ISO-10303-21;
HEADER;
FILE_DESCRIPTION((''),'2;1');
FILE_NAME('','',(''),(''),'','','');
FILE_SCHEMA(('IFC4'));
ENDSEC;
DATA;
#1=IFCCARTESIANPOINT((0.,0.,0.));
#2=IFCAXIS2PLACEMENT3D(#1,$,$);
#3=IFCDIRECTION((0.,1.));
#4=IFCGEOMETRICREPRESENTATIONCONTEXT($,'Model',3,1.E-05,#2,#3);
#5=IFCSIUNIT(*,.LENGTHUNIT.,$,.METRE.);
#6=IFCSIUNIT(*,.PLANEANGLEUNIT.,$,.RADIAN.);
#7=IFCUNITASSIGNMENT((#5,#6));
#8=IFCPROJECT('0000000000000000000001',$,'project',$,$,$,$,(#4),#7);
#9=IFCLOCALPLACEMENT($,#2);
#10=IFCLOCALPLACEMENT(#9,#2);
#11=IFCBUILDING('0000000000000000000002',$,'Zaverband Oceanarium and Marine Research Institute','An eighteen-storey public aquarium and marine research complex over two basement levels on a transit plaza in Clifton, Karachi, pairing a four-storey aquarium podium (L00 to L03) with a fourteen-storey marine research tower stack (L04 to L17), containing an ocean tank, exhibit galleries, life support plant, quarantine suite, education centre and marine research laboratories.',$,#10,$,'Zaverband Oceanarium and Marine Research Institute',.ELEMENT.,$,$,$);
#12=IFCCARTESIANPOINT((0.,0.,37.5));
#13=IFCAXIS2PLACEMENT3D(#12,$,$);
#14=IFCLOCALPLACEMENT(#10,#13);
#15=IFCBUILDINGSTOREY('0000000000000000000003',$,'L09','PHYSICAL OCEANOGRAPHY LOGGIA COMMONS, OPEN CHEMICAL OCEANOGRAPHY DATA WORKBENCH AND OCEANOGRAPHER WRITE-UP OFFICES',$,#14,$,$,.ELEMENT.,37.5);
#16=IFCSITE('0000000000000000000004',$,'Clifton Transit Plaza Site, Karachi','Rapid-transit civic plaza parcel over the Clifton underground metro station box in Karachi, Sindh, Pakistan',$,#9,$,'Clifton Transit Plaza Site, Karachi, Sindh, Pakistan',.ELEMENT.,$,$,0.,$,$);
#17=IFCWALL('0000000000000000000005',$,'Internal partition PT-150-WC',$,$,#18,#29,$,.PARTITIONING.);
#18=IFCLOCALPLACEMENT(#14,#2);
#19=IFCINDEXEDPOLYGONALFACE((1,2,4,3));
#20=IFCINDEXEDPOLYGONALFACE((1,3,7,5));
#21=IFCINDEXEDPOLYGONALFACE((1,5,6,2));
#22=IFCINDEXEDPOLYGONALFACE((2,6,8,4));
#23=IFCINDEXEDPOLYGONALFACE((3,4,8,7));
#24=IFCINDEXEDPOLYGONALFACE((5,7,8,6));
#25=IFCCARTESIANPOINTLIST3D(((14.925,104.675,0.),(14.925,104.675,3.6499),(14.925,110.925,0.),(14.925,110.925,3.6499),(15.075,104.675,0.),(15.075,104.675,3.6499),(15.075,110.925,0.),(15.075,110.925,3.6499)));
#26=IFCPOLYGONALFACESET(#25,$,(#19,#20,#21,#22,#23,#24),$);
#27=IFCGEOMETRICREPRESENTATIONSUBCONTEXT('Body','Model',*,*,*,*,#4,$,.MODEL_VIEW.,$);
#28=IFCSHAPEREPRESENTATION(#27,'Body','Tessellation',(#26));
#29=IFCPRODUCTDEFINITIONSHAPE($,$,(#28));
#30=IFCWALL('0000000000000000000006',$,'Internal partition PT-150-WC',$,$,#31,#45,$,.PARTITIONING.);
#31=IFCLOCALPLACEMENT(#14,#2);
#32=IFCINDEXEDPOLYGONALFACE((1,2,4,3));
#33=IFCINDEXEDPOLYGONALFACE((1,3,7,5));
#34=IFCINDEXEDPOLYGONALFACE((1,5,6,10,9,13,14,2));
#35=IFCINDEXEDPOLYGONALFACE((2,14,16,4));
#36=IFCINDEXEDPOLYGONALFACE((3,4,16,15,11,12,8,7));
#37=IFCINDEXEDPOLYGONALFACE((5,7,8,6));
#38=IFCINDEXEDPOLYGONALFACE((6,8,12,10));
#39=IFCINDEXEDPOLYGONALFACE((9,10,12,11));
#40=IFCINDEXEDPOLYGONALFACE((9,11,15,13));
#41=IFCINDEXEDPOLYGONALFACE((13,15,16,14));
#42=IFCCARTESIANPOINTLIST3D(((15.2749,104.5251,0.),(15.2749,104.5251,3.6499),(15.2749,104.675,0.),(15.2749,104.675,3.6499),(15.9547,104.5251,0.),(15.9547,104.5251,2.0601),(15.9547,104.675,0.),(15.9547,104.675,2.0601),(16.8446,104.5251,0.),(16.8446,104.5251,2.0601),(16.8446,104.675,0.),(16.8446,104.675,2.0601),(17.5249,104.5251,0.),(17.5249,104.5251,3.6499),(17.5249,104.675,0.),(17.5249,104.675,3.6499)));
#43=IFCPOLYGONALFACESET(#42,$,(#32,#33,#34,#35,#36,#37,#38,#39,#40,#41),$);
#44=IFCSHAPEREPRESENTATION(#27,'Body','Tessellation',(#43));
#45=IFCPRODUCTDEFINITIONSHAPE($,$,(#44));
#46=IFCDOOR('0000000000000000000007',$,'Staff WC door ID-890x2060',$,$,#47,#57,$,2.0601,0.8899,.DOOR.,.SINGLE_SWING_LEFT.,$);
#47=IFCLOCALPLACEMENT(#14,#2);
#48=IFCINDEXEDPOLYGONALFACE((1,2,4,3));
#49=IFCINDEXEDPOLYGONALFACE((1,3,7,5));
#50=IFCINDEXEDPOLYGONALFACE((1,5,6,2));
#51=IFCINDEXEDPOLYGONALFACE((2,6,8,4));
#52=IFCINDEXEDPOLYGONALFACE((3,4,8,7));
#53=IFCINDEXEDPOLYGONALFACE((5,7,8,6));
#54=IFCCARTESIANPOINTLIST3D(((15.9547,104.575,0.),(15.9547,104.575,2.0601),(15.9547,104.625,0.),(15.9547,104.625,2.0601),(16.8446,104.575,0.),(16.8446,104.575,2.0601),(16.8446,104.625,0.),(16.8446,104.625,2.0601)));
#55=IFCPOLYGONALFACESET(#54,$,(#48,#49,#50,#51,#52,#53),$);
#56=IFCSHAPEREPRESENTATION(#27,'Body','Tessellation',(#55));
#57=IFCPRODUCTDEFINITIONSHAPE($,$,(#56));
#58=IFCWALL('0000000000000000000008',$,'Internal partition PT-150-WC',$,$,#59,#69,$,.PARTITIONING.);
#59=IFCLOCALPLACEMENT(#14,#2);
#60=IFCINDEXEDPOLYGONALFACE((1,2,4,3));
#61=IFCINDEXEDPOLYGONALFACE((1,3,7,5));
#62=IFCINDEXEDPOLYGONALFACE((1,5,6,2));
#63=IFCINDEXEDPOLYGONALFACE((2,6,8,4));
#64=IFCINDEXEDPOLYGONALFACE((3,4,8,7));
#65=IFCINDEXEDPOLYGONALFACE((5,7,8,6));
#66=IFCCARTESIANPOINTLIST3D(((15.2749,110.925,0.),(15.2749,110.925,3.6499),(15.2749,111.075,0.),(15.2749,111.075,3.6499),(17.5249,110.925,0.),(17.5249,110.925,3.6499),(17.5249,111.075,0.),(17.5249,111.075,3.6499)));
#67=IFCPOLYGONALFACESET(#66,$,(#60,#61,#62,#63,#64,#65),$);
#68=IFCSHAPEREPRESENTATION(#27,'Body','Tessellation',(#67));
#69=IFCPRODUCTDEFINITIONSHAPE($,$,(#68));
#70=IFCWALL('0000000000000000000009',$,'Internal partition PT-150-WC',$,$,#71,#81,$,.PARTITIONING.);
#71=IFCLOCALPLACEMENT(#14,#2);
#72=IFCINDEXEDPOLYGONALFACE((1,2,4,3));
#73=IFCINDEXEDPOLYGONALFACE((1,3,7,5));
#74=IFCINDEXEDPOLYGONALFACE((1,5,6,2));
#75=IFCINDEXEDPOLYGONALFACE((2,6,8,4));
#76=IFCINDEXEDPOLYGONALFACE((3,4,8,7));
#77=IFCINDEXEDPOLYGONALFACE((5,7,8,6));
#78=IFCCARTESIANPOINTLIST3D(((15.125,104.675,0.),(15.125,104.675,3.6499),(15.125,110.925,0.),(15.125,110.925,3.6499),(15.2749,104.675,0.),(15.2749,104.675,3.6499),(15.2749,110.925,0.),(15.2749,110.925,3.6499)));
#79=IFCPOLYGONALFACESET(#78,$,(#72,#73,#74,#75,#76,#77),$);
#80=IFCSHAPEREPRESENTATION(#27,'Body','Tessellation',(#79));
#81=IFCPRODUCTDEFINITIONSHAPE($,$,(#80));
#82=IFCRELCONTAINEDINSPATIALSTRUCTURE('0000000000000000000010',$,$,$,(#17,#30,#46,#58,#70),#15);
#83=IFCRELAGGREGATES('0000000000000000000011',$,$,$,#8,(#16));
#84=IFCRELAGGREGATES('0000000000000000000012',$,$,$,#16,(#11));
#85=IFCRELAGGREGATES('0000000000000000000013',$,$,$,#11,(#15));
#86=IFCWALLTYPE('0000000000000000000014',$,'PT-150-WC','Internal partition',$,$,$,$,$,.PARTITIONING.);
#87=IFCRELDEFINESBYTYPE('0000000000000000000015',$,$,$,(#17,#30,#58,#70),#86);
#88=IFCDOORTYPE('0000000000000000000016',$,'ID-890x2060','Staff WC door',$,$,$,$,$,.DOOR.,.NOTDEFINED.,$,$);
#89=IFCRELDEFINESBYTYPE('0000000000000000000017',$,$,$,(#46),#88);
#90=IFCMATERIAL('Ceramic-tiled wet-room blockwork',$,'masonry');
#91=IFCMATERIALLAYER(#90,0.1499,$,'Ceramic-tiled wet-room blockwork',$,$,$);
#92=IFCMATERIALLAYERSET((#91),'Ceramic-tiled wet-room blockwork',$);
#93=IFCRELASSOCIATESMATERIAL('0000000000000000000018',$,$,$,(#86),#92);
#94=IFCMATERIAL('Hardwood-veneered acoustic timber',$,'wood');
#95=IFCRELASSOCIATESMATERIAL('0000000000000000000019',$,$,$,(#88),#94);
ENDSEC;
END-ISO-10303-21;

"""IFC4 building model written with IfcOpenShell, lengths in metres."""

from ifc_helpers import new_model, si_unit, direction, frame, frame_2d, origin, place, context, subcontext, project, spatial, rectangle, extrude, material, layer, layer_set, type_object, element, fill, save


model = new_model("IFC4")

# Units and contexts
model_context = context("Model", 3, precision=1e-05, world=origin(), true_north=direction((0.0, 1.0)))
body_context = subcontext(model_context, "Body", "Model", "MODEL_VIEW")
ifc_project = project(units=[si_unit("LENGTHUNIT", "METRE"), si_unit("PLANEANGLEUNIT", "RADIAN")], contexts=[model_context])

# Site, building, storey
site_placement = place(None, origin())
site = spatial("IfcSite", under=ifc_project, at=site_placement, Name="Clifton Transit Plaza Site, Karachi", Description="Rapid-transit civic plaza parcel over the Clifton underground metro station box in Karachi, Sindh, Pakistan", LongName="Clifton Transit Plaza Site, Karachi, Sindh, Pakistan", CompositionType="ELEMENT", RefElevation=0.0)
building_placement = place(site_placement, origin())
building = spatial("IfcBuilding", under=site, at=building_placement, Name="Zaverband Oceanarium and Marine Research Institute", Description="An eighteen-storey public aquarium and marine research complex over two basement levels on a transit plaza in Clifton, Karachi, pairing a four-storey aquarium podium (L00 to L03) with a fourteen-storey marine research tower stack (L04 to L17), containing an ocean tank, exhibit galleries, life support plant, quarantine suite, education centre and marine research laboratories.", LongName="Zaverband Oceanarium and Marine Research Institute", CompositionType="ELEMENT")
storey_placement = place(building_placement, frame((0.0, 0.0, 37.5)))
storey = spatial("IfcBuildingStorey", under=building, at=storey_placement, Name="L09", Description="PHYSICAL OCEANOGRAPHY LOGGIA COMMONS, OPEN CHEMICAL OCEANOGRAPHY DATA WORKBENCH AND OCEANOGRAPHER WRITE-UP OFFICES", CompositionType="ELEMENT", Elevation=37.5)

# Shared definitions
ifc_material_1 = material(Name="Ceramic-tiled wet-room blockwork", Category="masonry")
ifc_layer_1 = layer(ifc_material_1, 0.1499, Name="Ceramic-tiled wet-room blockwork")
ifc_layer_set_1 = layer_set([ifc_layer_1], Name="Ceramic-tiled wet-room blockwork")
wall_type_1 = type_object("IfcWallType", Name="PT-150-WC", Description="Internal partition", PredefinedType="PARTITIONING", material=ifc_layer_set_1)
ifc_material_2 = material(Name="Hardwood-veneered acoustic timber", Category="wood")

# Wall
for number, where, z_axis, x_axis, name in (
    (1, (15.0, 104.675, 0.0), (0.0, 0.0, 1.0), (0.0, 1.0, 0.0), "Internal partition PT-150-WC"),
):
    element("IfcWall", number, at=place(storey_placement, frame(where, z_axis=z_axis, x_axis=x_axis)), inside=storey, type_object=wall_type_1, Name=name, PredefinedType="PARTITIONING", context=body_context, shape_type="SweptSolid", body=[
        extrude(rectangle(XDim=6.25, YDim=0.1499, at=frame_2d((3.125, 0.0))), origin(), (0.0, 0.0, 1.0), 3.6499),
    ])

# Wall, opening, door
wall_1_placement = place(storey_placement, frame((15.2749, 104.6001, 0.0), z_axis=(0.0, 0.0, 1.0), x_axis=(1.0, 0.0, 0.0)))
wall_1 = element("IfcWall", 2, at=wall_1_placement, inside=storey, type_object=wall_type_1, Name="Internal partition PT-150-WC", PredefinedType="PARTITIONING", context=body_context, shape_type="SweptSolid", body=[
    extrude(rectangle(XDim=2.25, YDim=0.1499, at=frame_2d((1.125, 0.0))), origin(), (0.0, 0.0, 1.0), 3.6499),
])
opening_1_placement = place(wall_1_placement, frame((0.6799, 0.0, 0.0)))
opening_1 = element("IfcOpeningElement", 3, at=opening_1_placement, cuts=wall_1, PredefinedType="OPENING", context=body_context, shape_type="SweptSolid", body=[
    extrude(rectangle(XDim=0.8899, YDim=2.0601, at=frame_2d((0.4448, 1.03))), frame((0.0, 0.0869, 0.0), z_axis=(0.0, -1.0, 0.0), x_axis=(1.0, 0.0, 0.0)), (0.0, 0.0, 1.0), 0.1738),
])
door_type_1 = type_object("IfcDoorType", Name="ID-890x2060", Description="Staff WC door", OperationType="NOTDEFINED", PredefinedType="DOOR", material=ifc_material_2)
door_1_placement = place(opening_1_placement, origin())
door_1 = element("IfcDoor", 4, at=door_1_placement, inside=storey, type_object=door_type_1, Name="Staff WC door ID-890x2060", OperationType="SINGLE_SWING_LEFT", OverallHeight=2.0601, OverallWidth=0.8899, PredefinedType="DOOR", context=body_context, shape_type="SweptSolid", body=[
    extrude(rectangle(XDim=0.8899, YDim=2.0601, at=frame_2d((0.4448, 1.03))), frame((0.0, 0.0249, 0.0), z_axis=(0.0, -1.0, 0.0), x_axis=(1.0, 0.0, 0.0)), (0.0, 0.0, 1.0), 0.05),
])
fill(opening_1, door_1)

# Walls
wall_2_placement = place(storey_placement, frame((15.2749, 111.0, 0.0), z_axis=(0.0, 0.0, 1.0), x_axis=(1.0, 0.0, 0.0)))
element("IfcWall", 5, at=wall_2_placement, inside=storey, type_object=wall_type_1, Name="Internal partition PT-150-WC", PredefinedType="PARTITIONING", context=body_context, shape_type="SweptSolid", body=[
    extrude(rectangle(XDim=2.25, YDim=0.1499, at=frame_2d((1.125, 0.0))), origin(), (0.0, 0.0, 1.0), 3.6499),
])
wall_3_placement = place(storey_placement, frame((15.2, 104.675, 0.0), z_axis=(0.0, 0.0, 1.0), x_axis=(0.0, 1.0, 0.0)))
element("IfcWall", 6, at=wall_3_placement, inside=storey, type_object=wall_type_1, Name="Internal partition PT-150-WC", PredefinedType="PARTITIONING", context=body_context, shape_type="SweptSolid", body=[
    extrude(rectangle(XDim=6.25, YDim=0.1499, at=frame_2d((3.125, 0.0))), origin(), (0.0, 0.0, 1.0), 3.6499),
])

save(model, "model.ifc")
